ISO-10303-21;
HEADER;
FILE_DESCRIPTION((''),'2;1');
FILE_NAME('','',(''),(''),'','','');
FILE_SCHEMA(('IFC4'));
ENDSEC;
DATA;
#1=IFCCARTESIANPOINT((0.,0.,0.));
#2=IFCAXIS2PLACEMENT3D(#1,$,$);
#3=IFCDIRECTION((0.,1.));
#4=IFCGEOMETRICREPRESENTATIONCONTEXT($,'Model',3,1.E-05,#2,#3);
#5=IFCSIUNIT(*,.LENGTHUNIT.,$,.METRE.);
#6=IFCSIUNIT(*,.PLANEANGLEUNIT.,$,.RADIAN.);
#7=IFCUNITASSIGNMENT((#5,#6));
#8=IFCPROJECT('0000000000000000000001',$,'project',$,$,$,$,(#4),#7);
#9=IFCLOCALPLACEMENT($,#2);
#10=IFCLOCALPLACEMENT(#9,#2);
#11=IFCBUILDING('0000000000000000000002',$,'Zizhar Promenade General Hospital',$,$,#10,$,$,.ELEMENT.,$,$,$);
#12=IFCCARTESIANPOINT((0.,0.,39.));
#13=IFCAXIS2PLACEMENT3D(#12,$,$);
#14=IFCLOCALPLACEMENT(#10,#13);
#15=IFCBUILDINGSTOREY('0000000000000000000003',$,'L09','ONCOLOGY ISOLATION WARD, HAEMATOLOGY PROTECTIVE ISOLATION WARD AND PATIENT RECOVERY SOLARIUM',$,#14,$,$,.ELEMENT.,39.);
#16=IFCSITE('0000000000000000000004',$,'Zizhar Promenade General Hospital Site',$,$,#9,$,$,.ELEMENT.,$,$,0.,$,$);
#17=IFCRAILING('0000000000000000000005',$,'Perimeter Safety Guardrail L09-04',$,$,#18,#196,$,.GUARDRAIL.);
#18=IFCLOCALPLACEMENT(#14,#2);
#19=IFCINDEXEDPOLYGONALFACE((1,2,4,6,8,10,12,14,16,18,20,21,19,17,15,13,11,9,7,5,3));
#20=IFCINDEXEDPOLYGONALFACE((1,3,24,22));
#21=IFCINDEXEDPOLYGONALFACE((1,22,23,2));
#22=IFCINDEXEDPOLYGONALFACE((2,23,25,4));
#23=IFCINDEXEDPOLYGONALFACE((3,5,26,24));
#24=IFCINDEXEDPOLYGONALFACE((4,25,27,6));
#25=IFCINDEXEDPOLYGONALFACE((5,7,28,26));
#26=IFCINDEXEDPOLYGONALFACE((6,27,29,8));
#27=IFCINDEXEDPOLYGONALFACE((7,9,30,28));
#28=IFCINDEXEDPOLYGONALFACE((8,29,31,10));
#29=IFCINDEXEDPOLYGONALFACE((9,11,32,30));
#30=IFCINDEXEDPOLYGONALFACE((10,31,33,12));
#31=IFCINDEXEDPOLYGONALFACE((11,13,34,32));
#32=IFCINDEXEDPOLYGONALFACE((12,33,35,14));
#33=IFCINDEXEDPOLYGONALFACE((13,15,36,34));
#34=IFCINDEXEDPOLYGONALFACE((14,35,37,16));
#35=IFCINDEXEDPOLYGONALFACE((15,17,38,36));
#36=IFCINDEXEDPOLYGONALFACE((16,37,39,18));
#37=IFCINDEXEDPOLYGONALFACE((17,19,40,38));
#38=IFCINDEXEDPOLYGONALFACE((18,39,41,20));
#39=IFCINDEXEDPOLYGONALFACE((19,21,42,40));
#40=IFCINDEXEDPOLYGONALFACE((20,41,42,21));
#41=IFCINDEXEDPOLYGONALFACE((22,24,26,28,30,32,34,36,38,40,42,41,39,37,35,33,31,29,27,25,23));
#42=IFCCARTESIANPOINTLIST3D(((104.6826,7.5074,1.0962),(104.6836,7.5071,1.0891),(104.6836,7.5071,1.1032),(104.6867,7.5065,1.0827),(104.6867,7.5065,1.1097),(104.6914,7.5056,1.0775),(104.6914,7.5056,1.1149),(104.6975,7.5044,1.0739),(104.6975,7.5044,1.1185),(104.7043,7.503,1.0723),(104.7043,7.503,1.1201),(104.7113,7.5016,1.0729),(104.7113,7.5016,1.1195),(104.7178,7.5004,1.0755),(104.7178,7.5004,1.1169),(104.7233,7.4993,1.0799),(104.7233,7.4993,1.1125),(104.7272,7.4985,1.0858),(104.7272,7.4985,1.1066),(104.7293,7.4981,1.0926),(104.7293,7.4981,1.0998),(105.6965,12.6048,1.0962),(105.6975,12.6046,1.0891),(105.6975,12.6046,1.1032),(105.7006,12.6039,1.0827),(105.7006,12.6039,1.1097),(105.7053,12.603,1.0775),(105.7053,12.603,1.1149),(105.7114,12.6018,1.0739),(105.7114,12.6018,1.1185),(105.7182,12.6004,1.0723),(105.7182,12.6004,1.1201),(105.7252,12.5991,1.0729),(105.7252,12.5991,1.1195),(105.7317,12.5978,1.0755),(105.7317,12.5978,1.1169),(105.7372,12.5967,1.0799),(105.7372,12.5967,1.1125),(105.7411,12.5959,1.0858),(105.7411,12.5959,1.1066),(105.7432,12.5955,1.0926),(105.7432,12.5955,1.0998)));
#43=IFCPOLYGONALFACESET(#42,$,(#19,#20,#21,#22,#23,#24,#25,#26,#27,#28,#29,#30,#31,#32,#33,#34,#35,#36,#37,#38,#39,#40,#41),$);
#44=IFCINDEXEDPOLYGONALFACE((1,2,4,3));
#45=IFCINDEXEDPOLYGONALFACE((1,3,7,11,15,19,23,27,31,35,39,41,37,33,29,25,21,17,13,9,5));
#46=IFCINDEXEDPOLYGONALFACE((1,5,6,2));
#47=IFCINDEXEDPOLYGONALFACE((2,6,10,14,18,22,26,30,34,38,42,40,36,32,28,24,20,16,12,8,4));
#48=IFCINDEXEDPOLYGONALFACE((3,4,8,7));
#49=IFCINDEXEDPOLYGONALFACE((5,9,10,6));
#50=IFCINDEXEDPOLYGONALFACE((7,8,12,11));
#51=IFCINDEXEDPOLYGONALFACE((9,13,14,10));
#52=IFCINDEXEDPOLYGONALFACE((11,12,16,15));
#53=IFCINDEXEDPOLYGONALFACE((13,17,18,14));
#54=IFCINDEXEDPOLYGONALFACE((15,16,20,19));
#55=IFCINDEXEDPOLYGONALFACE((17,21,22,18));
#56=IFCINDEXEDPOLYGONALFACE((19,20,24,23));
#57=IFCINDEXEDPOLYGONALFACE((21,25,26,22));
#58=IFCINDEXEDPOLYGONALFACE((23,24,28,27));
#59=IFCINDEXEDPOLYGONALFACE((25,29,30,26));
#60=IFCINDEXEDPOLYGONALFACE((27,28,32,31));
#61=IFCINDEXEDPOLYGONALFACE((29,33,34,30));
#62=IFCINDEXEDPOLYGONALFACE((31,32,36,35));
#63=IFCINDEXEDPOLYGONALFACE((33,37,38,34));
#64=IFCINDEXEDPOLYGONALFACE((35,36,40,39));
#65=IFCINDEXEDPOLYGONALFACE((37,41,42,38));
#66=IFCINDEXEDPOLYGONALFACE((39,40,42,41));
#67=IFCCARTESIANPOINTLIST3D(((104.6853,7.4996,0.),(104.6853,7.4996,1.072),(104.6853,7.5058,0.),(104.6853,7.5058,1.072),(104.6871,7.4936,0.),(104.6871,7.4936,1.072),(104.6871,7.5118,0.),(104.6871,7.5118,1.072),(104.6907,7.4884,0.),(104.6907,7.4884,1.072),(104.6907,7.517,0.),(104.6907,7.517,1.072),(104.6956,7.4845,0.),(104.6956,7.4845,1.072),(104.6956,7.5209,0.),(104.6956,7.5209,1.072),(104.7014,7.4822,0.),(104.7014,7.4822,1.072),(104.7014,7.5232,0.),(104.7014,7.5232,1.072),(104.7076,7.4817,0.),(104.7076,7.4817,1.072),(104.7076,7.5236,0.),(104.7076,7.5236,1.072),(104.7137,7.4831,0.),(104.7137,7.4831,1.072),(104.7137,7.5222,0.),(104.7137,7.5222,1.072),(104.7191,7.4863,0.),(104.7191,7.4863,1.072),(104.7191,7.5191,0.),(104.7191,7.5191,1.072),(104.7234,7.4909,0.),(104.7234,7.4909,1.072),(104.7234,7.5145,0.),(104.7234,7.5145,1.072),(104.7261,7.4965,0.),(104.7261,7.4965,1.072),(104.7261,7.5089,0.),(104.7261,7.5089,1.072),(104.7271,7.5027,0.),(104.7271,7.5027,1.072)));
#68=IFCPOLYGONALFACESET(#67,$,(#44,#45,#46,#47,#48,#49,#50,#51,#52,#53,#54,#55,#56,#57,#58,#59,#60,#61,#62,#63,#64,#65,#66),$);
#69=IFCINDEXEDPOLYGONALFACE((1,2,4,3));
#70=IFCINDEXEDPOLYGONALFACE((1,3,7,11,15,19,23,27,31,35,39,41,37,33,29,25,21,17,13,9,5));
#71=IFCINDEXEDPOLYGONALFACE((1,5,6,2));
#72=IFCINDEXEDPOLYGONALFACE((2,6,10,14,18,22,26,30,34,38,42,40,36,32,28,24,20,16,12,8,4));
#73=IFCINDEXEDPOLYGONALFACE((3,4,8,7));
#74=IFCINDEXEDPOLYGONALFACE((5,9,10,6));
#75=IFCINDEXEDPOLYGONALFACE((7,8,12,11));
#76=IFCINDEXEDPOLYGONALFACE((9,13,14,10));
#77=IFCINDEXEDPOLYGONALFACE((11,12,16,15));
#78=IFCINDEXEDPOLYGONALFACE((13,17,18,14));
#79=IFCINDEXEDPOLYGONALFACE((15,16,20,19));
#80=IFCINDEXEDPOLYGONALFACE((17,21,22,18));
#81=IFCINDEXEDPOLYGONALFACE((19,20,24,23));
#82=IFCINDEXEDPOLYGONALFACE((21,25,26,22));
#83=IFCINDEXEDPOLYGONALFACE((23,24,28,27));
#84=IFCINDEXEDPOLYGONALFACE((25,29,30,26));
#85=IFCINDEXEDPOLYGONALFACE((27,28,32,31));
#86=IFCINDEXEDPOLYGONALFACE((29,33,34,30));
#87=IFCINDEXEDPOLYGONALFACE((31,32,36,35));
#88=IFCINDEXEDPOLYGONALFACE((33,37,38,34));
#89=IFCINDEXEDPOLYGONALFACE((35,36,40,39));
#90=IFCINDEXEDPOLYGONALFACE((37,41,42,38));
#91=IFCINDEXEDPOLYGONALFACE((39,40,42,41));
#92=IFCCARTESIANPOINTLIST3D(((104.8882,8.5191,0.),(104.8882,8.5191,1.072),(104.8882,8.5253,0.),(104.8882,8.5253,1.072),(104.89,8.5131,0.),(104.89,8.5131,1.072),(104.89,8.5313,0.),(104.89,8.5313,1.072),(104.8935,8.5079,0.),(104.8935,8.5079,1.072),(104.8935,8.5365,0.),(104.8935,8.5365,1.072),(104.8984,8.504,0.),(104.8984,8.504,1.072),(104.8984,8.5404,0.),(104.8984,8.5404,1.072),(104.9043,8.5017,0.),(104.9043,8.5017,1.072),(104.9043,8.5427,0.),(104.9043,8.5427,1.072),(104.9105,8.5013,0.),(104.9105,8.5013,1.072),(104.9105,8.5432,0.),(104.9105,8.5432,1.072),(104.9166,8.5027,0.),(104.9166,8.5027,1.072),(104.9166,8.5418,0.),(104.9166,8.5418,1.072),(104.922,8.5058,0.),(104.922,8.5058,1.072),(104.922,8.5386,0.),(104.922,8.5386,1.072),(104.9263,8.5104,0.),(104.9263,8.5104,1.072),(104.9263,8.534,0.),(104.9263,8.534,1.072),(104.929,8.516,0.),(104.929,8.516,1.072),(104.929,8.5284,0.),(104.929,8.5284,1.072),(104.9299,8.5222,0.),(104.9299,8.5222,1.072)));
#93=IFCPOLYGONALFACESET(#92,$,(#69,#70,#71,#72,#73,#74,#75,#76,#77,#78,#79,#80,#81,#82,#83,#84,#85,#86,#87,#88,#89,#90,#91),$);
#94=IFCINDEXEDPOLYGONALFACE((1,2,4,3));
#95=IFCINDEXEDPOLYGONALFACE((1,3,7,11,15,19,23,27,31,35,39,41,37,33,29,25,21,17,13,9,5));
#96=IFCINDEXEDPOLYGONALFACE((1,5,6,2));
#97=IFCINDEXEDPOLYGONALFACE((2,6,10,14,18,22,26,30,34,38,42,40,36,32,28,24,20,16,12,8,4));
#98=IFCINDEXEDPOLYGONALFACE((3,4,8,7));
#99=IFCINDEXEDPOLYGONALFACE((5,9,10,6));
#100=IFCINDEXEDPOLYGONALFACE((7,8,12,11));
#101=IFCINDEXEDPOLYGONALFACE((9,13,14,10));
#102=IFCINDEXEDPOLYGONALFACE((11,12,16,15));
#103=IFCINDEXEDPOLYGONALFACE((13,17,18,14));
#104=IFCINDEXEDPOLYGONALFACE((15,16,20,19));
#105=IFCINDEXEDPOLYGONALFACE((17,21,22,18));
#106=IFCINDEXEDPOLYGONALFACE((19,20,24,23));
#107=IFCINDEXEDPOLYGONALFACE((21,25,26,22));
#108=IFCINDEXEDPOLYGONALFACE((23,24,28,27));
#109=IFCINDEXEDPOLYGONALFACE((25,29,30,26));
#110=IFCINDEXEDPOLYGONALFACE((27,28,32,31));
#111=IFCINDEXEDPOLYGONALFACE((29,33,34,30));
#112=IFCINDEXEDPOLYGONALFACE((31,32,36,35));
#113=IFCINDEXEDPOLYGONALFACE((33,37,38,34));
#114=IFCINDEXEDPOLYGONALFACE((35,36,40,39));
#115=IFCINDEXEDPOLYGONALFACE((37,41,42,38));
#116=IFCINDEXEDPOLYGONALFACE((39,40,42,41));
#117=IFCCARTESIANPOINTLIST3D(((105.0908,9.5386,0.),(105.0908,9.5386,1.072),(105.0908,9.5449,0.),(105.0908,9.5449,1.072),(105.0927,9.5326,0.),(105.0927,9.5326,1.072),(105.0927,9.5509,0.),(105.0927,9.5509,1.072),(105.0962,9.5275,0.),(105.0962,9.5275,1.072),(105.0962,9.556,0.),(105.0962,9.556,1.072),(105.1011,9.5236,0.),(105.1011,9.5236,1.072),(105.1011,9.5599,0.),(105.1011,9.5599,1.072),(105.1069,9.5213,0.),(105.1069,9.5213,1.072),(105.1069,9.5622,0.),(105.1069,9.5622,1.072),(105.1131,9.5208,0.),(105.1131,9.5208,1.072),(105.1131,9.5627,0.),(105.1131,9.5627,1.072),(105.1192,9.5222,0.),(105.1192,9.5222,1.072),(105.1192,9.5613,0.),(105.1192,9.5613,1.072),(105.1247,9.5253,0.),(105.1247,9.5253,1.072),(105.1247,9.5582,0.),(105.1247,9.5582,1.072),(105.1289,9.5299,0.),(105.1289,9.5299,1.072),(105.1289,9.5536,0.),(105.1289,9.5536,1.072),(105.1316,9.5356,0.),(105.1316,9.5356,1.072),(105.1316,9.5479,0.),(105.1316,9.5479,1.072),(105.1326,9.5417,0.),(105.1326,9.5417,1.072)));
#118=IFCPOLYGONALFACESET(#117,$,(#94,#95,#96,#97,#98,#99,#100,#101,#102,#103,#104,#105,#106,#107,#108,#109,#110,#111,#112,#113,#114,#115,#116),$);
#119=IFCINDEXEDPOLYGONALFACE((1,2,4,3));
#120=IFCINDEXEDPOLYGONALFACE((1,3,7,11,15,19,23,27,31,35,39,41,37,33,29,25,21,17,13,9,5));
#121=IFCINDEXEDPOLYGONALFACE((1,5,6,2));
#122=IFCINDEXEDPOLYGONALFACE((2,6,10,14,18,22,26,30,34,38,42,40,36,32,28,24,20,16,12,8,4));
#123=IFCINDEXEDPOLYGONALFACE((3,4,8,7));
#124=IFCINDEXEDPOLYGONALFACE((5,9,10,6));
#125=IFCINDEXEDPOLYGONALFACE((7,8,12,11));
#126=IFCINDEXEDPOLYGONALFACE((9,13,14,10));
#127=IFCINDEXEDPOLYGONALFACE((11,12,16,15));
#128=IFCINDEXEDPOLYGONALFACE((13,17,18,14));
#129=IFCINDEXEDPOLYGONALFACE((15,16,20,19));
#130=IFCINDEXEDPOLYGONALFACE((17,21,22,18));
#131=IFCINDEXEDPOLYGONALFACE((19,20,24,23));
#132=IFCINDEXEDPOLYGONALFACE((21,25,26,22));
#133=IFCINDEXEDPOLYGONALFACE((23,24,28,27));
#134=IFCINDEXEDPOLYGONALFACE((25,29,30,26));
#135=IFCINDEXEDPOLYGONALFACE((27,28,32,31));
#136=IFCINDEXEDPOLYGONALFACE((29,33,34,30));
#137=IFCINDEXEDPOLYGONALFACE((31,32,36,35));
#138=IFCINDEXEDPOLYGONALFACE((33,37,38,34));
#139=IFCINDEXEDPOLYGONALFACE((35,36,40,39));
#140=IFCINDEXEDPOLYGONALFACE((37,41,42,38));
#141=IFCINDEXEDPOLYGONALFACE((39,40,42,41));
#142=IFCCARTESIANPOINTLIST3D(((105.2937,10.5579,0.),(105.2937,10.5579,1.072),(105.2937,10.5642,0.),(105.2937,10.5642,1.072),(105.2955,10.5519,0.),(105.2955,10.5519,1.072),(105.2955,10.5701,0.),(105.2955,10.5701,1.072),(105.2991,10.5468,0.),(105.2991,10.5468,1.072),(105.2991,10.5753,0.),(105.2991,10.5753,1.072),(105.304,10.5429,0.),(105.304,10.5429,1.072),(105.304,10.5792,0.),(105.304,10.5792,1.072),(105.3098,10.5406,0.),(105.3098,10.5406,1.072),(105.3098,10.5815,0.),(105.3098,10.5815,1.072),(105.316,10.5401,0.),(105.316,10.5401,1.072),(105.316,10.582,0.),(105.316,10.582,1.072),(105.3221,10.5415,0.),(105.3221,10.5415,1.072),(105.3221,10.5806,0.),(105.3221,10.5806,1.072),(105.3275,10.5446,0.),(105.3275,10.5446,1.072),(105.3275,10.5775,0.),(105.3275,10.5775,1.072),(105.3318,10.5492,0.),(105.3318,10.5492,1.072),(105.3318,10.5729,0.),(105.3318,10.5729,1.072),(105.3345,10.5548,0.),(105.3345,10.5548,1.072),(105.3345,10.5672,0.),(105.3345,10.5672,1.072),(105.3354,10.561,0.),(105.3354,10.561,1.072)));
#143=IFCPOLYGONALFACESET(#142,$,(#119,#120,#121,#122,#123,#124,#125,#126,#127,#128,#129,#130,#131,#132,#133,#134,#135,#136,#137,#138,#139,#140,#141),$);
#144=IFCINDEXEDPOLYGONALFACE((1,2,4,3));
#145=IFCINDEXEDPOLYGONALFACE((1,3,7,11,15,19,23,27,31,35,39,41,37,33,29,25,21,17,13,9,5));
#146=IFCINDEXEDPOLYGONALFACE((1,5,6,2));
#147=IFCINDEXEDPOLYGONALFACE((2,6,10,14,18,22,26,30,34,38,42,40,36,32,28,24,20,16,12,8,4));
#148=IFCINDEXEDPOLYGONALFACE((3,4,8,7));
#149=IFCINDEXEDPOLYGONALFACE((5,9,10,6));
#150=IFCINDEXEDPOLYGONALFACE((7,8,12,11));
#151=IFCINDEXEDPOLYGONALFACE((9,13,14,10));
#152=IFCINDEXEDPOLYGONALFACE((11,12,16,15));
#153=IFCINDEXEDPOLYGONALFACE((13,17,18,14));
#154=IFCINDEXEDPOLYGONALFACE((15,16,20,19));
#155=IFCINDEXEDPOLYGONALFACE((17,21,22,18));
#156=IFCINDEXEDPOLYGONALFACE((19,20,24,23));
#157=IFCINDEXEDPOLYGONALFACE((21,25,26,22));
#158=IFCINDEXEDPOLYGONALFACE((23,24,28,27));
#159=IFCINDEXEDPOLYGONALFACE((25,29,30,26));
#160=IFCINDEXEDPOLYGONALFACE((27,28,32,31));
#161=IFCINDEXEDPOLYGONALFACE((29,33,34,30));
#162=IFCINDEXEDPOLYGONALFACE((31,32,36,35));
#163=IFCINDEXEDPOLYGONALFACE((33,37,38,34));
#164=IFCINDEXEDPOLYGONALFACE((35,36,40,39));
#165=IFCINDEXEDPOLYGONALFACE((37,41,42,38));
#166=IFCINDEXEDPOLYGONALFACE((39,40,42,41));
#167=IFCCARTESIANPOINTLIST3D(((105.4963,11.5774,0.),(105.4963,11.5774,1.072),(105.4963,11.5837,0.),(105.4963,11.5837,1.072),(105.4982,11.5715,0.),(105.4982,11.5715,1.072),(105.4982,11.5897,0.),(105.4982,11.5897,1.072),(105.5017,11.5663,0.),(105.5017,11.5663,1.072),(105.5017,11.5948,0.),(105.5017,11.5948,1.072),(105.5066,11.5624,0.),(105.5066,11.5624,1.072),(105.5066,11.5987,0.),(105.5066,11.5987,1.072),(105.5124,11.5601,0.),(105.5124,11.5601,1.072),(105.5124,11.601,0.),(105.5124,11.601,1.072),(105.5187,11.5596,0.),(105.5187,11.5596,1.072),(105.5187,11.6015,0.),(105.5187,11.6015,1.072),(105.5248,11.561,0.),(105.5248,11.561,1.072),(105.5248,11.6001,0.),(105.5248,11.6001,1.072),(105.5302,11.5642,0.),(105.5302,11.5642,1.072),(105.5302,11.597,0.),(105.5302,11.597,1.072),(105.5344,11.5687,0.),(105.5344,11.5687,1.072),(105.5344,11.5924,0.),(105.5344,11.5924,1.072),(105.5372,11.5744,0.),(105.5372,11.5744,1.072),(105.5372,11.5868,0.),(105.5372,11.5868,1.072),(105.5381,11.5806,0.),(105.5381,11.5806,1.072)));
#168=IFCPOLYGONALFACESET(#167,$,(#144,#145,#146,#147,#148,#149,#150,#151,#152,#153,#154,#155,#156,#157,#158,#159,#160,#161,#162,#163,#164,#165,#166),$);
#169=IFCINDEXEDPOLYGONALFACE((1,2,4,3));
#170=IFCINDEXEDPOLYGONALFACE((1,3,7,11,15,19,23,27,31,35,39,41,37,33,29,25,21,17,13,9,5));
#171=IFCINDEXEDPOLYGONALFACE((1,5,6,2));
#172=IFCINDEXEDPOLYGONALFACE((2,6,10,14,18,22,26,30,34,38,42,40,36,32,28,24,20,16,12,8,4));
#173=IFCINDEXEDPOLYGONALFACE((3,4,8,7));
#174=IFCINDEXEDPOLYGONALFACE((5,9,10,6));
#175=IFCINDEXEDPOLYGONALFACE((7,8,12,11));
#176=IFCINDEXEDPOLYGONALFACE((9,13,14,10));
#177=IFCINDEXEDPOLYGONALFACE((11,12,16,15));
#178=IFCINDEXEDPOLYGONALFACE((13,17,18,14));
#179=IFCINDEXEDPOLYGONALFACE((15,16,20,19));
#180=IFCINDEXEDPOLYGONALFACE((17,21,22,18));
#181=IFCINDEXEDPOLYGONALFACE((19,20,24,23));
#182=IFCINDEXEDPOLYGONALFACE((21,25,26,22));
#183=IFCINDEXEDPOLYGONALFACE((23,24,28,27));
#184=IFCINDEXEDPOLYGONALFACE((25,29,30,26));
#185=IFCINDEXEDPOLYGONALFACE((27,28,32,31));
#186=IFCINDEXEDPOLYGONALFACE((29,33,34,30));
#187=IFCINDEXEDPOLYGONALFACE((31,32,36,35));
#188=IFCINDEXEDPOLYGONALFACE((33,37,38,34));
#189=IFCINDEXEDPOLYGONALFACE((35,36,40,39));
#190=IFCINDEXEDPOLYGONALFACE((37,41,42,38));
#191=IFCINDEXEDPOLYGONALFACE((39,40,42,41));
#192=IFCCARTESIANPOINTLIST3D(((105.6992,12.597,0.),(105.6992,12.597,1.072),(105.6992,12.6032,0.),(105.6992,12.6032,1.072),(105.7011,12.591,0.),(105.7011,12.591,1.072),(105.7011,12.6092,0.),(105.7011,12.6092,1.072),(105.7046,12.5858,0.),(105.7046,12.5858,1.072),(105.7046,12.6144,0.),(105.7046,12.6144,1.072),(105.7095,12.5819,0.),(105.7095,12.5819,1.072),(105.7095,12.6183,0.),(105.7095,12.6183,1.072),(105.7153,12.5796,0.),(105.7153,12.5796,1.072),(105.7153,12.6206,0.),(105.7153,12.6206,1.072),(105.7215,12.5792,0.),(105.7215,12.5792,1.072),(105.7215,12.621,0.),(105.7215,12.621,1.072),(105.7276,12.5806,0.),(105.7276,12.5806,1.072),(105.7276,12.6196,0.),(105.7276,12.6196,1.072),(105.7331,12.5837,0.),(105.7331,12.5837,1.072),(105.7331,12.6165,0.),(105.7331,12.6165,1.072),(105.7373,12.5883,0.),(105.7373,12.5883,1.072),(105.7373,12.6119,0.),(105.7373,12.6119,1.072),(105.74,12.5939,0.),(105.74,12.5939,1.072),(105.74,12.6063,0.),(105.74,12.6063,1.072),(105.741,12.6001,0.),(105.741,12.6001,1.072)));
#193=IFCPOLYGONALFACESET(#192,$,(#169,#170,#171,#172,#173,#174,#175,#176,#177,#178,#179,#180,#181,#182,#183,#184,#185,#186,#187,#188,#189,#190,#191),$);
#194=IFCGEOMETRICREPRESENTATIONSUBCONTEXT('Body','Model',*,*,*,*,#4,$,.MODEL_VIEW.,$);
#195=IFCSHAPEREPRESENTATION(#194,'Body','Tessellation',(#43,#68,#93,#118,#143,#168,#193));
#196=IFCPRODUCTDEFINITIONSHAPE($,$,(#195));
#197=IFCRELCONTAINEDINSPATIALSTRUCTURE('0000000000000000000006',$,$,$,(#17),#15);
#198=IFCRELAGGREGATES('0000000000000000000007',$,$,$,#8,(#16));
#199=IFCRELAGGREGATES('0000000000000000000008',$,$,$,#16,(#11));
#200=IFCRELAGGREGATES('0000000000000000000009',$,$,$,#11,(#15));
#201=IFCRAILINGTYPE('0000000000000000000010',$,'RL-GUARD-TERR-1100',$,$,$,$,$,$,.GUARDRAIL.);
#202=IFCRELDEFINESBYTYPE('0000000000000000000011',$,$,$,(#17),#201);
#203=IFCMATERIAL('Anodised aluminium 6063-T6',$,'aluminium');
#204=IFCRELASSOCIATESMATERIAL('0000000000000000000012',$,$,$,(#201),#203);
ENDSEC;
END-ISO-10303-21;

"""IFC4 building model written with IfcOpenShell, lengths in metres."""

from ifc_helpers import new_model, si_unit, direction, frame, origin, origin_2d, place, context, subcontext, project, spatial, circle, hollow_circle, extrude, material, material_profile, profile_set, type_object, element, save


model = new_model("IFC4")

# Units and contexts
model_context = context("Model", 3, precision=1e-05, world=origin(), true_north=direction((0.0, 1.0)))
body_context = subcontext(model_context, "Body", "Model", "MODEL_VIEW")
ifc_project = project(units=[si_unit("LENGTHUNIT", "METRE"), si_unit("PLANEANGLEUNIT", "RADIAN")], contexts=[model_context])

# Site, building, storey
site_placement = place(None, origin())
site = spatial("IfcSite", under=ifc_project, at=site_placement, Name="Zizhar Promenade General Hospital Site", CompositionType="ELEMENT", RefElevation=0.0)
building_placement = place(site_placement, origin())
building = spatial("IfcBuilding", under=site, at=building_placement, Name="Zizhar Promenade General Hospital", CompositionType="ELEMENT")
storey_placement = place(building_placement, frame((0.0, 0.0, 39.0)))
storey = spatial("IfcBuildingStorey", under=building, at=storey_placement, Name="L09", Description="ONCOLOGY ISOLATION WARD, HAEMATOLOGY PROTECTIVE ISOLATION WARD AND PATIENT RECOVERY SOLARIUM", CompositionType="ELEMENT", Elevation=39.0)

# Railing
ifc_material_1 = material(Name="Anodised aluminium 6063-T6", Category="aluminium")
ifc_material_profile_1 = material_profile(ifc_material_1, hollow_circle(Radius=0.0698, WallThickness=0.0063, at=origin_2d()))
ifc_profile_set_1 = profile_set([ifc_material_profile_1], Name="Anodised aluminium 6063-T6")
railing_type = type_object("IfcRailingType", Name="RL-GUARD-TERR-1100", PredefinedType="GUARDRAIL", material=ifc_profile_set_1)
railing_1_placement = place(storey_placement, frame((104.7061, 7.5027, 0.0)))
element("IfcRailing", 1, at=railing_1_placement, inside=storey, type_object=railing_type, Name="Perimeter Safety Guardrail L09-04", PredefinedType="GUARDRAIL", context=body_context, shape_type="SweptSolid", body=[
    extrude(circle(Radius=0.0239, at=origin_2d()), frame((0.0, 0.0, 1.0962), z_axis=(0.195086, 0.980786, 0.0), x_axis=(-0.980786, 0.195086, 0.0)), (0.0, 0.0, 1.0), 5.1973),
    extrude(circle(Radius=0.021, at=origin_2d()), origin(), (0.0, 0.0, 1.0), 1.072),
    extrude(circle(Radius=0.021, at=origin_2d()), frame((0.2029, 1.0195, 0.0)), (0.0, 0.0, 1.0), 1.072),
    extrude(circle(Radius=0.021, at=origin_2d()), frame((0.4055, 2.0391, 0.0)), (0.0, 0.0, 1.0), 1.072),
    extrude(circle(Radius=0.021, at=origin_2d()), frame((0.6084, 3.0583, 0.0)), (0.0, 0.0, 1.0), 1.072),
    extrude(circle(Radius=0.021, at=origin_2d()), frame((0.811, 4.0779, 0.0)), (0.0, 0.0, 1.0), 1.072),
    extrude(circle(Radius=0.021, at=origin_2d()), frame((1.0139, 5.0974, 0.0)), (0.0, 0.0, 1.0), 1.072),
])

save(model, "model.ifc")
